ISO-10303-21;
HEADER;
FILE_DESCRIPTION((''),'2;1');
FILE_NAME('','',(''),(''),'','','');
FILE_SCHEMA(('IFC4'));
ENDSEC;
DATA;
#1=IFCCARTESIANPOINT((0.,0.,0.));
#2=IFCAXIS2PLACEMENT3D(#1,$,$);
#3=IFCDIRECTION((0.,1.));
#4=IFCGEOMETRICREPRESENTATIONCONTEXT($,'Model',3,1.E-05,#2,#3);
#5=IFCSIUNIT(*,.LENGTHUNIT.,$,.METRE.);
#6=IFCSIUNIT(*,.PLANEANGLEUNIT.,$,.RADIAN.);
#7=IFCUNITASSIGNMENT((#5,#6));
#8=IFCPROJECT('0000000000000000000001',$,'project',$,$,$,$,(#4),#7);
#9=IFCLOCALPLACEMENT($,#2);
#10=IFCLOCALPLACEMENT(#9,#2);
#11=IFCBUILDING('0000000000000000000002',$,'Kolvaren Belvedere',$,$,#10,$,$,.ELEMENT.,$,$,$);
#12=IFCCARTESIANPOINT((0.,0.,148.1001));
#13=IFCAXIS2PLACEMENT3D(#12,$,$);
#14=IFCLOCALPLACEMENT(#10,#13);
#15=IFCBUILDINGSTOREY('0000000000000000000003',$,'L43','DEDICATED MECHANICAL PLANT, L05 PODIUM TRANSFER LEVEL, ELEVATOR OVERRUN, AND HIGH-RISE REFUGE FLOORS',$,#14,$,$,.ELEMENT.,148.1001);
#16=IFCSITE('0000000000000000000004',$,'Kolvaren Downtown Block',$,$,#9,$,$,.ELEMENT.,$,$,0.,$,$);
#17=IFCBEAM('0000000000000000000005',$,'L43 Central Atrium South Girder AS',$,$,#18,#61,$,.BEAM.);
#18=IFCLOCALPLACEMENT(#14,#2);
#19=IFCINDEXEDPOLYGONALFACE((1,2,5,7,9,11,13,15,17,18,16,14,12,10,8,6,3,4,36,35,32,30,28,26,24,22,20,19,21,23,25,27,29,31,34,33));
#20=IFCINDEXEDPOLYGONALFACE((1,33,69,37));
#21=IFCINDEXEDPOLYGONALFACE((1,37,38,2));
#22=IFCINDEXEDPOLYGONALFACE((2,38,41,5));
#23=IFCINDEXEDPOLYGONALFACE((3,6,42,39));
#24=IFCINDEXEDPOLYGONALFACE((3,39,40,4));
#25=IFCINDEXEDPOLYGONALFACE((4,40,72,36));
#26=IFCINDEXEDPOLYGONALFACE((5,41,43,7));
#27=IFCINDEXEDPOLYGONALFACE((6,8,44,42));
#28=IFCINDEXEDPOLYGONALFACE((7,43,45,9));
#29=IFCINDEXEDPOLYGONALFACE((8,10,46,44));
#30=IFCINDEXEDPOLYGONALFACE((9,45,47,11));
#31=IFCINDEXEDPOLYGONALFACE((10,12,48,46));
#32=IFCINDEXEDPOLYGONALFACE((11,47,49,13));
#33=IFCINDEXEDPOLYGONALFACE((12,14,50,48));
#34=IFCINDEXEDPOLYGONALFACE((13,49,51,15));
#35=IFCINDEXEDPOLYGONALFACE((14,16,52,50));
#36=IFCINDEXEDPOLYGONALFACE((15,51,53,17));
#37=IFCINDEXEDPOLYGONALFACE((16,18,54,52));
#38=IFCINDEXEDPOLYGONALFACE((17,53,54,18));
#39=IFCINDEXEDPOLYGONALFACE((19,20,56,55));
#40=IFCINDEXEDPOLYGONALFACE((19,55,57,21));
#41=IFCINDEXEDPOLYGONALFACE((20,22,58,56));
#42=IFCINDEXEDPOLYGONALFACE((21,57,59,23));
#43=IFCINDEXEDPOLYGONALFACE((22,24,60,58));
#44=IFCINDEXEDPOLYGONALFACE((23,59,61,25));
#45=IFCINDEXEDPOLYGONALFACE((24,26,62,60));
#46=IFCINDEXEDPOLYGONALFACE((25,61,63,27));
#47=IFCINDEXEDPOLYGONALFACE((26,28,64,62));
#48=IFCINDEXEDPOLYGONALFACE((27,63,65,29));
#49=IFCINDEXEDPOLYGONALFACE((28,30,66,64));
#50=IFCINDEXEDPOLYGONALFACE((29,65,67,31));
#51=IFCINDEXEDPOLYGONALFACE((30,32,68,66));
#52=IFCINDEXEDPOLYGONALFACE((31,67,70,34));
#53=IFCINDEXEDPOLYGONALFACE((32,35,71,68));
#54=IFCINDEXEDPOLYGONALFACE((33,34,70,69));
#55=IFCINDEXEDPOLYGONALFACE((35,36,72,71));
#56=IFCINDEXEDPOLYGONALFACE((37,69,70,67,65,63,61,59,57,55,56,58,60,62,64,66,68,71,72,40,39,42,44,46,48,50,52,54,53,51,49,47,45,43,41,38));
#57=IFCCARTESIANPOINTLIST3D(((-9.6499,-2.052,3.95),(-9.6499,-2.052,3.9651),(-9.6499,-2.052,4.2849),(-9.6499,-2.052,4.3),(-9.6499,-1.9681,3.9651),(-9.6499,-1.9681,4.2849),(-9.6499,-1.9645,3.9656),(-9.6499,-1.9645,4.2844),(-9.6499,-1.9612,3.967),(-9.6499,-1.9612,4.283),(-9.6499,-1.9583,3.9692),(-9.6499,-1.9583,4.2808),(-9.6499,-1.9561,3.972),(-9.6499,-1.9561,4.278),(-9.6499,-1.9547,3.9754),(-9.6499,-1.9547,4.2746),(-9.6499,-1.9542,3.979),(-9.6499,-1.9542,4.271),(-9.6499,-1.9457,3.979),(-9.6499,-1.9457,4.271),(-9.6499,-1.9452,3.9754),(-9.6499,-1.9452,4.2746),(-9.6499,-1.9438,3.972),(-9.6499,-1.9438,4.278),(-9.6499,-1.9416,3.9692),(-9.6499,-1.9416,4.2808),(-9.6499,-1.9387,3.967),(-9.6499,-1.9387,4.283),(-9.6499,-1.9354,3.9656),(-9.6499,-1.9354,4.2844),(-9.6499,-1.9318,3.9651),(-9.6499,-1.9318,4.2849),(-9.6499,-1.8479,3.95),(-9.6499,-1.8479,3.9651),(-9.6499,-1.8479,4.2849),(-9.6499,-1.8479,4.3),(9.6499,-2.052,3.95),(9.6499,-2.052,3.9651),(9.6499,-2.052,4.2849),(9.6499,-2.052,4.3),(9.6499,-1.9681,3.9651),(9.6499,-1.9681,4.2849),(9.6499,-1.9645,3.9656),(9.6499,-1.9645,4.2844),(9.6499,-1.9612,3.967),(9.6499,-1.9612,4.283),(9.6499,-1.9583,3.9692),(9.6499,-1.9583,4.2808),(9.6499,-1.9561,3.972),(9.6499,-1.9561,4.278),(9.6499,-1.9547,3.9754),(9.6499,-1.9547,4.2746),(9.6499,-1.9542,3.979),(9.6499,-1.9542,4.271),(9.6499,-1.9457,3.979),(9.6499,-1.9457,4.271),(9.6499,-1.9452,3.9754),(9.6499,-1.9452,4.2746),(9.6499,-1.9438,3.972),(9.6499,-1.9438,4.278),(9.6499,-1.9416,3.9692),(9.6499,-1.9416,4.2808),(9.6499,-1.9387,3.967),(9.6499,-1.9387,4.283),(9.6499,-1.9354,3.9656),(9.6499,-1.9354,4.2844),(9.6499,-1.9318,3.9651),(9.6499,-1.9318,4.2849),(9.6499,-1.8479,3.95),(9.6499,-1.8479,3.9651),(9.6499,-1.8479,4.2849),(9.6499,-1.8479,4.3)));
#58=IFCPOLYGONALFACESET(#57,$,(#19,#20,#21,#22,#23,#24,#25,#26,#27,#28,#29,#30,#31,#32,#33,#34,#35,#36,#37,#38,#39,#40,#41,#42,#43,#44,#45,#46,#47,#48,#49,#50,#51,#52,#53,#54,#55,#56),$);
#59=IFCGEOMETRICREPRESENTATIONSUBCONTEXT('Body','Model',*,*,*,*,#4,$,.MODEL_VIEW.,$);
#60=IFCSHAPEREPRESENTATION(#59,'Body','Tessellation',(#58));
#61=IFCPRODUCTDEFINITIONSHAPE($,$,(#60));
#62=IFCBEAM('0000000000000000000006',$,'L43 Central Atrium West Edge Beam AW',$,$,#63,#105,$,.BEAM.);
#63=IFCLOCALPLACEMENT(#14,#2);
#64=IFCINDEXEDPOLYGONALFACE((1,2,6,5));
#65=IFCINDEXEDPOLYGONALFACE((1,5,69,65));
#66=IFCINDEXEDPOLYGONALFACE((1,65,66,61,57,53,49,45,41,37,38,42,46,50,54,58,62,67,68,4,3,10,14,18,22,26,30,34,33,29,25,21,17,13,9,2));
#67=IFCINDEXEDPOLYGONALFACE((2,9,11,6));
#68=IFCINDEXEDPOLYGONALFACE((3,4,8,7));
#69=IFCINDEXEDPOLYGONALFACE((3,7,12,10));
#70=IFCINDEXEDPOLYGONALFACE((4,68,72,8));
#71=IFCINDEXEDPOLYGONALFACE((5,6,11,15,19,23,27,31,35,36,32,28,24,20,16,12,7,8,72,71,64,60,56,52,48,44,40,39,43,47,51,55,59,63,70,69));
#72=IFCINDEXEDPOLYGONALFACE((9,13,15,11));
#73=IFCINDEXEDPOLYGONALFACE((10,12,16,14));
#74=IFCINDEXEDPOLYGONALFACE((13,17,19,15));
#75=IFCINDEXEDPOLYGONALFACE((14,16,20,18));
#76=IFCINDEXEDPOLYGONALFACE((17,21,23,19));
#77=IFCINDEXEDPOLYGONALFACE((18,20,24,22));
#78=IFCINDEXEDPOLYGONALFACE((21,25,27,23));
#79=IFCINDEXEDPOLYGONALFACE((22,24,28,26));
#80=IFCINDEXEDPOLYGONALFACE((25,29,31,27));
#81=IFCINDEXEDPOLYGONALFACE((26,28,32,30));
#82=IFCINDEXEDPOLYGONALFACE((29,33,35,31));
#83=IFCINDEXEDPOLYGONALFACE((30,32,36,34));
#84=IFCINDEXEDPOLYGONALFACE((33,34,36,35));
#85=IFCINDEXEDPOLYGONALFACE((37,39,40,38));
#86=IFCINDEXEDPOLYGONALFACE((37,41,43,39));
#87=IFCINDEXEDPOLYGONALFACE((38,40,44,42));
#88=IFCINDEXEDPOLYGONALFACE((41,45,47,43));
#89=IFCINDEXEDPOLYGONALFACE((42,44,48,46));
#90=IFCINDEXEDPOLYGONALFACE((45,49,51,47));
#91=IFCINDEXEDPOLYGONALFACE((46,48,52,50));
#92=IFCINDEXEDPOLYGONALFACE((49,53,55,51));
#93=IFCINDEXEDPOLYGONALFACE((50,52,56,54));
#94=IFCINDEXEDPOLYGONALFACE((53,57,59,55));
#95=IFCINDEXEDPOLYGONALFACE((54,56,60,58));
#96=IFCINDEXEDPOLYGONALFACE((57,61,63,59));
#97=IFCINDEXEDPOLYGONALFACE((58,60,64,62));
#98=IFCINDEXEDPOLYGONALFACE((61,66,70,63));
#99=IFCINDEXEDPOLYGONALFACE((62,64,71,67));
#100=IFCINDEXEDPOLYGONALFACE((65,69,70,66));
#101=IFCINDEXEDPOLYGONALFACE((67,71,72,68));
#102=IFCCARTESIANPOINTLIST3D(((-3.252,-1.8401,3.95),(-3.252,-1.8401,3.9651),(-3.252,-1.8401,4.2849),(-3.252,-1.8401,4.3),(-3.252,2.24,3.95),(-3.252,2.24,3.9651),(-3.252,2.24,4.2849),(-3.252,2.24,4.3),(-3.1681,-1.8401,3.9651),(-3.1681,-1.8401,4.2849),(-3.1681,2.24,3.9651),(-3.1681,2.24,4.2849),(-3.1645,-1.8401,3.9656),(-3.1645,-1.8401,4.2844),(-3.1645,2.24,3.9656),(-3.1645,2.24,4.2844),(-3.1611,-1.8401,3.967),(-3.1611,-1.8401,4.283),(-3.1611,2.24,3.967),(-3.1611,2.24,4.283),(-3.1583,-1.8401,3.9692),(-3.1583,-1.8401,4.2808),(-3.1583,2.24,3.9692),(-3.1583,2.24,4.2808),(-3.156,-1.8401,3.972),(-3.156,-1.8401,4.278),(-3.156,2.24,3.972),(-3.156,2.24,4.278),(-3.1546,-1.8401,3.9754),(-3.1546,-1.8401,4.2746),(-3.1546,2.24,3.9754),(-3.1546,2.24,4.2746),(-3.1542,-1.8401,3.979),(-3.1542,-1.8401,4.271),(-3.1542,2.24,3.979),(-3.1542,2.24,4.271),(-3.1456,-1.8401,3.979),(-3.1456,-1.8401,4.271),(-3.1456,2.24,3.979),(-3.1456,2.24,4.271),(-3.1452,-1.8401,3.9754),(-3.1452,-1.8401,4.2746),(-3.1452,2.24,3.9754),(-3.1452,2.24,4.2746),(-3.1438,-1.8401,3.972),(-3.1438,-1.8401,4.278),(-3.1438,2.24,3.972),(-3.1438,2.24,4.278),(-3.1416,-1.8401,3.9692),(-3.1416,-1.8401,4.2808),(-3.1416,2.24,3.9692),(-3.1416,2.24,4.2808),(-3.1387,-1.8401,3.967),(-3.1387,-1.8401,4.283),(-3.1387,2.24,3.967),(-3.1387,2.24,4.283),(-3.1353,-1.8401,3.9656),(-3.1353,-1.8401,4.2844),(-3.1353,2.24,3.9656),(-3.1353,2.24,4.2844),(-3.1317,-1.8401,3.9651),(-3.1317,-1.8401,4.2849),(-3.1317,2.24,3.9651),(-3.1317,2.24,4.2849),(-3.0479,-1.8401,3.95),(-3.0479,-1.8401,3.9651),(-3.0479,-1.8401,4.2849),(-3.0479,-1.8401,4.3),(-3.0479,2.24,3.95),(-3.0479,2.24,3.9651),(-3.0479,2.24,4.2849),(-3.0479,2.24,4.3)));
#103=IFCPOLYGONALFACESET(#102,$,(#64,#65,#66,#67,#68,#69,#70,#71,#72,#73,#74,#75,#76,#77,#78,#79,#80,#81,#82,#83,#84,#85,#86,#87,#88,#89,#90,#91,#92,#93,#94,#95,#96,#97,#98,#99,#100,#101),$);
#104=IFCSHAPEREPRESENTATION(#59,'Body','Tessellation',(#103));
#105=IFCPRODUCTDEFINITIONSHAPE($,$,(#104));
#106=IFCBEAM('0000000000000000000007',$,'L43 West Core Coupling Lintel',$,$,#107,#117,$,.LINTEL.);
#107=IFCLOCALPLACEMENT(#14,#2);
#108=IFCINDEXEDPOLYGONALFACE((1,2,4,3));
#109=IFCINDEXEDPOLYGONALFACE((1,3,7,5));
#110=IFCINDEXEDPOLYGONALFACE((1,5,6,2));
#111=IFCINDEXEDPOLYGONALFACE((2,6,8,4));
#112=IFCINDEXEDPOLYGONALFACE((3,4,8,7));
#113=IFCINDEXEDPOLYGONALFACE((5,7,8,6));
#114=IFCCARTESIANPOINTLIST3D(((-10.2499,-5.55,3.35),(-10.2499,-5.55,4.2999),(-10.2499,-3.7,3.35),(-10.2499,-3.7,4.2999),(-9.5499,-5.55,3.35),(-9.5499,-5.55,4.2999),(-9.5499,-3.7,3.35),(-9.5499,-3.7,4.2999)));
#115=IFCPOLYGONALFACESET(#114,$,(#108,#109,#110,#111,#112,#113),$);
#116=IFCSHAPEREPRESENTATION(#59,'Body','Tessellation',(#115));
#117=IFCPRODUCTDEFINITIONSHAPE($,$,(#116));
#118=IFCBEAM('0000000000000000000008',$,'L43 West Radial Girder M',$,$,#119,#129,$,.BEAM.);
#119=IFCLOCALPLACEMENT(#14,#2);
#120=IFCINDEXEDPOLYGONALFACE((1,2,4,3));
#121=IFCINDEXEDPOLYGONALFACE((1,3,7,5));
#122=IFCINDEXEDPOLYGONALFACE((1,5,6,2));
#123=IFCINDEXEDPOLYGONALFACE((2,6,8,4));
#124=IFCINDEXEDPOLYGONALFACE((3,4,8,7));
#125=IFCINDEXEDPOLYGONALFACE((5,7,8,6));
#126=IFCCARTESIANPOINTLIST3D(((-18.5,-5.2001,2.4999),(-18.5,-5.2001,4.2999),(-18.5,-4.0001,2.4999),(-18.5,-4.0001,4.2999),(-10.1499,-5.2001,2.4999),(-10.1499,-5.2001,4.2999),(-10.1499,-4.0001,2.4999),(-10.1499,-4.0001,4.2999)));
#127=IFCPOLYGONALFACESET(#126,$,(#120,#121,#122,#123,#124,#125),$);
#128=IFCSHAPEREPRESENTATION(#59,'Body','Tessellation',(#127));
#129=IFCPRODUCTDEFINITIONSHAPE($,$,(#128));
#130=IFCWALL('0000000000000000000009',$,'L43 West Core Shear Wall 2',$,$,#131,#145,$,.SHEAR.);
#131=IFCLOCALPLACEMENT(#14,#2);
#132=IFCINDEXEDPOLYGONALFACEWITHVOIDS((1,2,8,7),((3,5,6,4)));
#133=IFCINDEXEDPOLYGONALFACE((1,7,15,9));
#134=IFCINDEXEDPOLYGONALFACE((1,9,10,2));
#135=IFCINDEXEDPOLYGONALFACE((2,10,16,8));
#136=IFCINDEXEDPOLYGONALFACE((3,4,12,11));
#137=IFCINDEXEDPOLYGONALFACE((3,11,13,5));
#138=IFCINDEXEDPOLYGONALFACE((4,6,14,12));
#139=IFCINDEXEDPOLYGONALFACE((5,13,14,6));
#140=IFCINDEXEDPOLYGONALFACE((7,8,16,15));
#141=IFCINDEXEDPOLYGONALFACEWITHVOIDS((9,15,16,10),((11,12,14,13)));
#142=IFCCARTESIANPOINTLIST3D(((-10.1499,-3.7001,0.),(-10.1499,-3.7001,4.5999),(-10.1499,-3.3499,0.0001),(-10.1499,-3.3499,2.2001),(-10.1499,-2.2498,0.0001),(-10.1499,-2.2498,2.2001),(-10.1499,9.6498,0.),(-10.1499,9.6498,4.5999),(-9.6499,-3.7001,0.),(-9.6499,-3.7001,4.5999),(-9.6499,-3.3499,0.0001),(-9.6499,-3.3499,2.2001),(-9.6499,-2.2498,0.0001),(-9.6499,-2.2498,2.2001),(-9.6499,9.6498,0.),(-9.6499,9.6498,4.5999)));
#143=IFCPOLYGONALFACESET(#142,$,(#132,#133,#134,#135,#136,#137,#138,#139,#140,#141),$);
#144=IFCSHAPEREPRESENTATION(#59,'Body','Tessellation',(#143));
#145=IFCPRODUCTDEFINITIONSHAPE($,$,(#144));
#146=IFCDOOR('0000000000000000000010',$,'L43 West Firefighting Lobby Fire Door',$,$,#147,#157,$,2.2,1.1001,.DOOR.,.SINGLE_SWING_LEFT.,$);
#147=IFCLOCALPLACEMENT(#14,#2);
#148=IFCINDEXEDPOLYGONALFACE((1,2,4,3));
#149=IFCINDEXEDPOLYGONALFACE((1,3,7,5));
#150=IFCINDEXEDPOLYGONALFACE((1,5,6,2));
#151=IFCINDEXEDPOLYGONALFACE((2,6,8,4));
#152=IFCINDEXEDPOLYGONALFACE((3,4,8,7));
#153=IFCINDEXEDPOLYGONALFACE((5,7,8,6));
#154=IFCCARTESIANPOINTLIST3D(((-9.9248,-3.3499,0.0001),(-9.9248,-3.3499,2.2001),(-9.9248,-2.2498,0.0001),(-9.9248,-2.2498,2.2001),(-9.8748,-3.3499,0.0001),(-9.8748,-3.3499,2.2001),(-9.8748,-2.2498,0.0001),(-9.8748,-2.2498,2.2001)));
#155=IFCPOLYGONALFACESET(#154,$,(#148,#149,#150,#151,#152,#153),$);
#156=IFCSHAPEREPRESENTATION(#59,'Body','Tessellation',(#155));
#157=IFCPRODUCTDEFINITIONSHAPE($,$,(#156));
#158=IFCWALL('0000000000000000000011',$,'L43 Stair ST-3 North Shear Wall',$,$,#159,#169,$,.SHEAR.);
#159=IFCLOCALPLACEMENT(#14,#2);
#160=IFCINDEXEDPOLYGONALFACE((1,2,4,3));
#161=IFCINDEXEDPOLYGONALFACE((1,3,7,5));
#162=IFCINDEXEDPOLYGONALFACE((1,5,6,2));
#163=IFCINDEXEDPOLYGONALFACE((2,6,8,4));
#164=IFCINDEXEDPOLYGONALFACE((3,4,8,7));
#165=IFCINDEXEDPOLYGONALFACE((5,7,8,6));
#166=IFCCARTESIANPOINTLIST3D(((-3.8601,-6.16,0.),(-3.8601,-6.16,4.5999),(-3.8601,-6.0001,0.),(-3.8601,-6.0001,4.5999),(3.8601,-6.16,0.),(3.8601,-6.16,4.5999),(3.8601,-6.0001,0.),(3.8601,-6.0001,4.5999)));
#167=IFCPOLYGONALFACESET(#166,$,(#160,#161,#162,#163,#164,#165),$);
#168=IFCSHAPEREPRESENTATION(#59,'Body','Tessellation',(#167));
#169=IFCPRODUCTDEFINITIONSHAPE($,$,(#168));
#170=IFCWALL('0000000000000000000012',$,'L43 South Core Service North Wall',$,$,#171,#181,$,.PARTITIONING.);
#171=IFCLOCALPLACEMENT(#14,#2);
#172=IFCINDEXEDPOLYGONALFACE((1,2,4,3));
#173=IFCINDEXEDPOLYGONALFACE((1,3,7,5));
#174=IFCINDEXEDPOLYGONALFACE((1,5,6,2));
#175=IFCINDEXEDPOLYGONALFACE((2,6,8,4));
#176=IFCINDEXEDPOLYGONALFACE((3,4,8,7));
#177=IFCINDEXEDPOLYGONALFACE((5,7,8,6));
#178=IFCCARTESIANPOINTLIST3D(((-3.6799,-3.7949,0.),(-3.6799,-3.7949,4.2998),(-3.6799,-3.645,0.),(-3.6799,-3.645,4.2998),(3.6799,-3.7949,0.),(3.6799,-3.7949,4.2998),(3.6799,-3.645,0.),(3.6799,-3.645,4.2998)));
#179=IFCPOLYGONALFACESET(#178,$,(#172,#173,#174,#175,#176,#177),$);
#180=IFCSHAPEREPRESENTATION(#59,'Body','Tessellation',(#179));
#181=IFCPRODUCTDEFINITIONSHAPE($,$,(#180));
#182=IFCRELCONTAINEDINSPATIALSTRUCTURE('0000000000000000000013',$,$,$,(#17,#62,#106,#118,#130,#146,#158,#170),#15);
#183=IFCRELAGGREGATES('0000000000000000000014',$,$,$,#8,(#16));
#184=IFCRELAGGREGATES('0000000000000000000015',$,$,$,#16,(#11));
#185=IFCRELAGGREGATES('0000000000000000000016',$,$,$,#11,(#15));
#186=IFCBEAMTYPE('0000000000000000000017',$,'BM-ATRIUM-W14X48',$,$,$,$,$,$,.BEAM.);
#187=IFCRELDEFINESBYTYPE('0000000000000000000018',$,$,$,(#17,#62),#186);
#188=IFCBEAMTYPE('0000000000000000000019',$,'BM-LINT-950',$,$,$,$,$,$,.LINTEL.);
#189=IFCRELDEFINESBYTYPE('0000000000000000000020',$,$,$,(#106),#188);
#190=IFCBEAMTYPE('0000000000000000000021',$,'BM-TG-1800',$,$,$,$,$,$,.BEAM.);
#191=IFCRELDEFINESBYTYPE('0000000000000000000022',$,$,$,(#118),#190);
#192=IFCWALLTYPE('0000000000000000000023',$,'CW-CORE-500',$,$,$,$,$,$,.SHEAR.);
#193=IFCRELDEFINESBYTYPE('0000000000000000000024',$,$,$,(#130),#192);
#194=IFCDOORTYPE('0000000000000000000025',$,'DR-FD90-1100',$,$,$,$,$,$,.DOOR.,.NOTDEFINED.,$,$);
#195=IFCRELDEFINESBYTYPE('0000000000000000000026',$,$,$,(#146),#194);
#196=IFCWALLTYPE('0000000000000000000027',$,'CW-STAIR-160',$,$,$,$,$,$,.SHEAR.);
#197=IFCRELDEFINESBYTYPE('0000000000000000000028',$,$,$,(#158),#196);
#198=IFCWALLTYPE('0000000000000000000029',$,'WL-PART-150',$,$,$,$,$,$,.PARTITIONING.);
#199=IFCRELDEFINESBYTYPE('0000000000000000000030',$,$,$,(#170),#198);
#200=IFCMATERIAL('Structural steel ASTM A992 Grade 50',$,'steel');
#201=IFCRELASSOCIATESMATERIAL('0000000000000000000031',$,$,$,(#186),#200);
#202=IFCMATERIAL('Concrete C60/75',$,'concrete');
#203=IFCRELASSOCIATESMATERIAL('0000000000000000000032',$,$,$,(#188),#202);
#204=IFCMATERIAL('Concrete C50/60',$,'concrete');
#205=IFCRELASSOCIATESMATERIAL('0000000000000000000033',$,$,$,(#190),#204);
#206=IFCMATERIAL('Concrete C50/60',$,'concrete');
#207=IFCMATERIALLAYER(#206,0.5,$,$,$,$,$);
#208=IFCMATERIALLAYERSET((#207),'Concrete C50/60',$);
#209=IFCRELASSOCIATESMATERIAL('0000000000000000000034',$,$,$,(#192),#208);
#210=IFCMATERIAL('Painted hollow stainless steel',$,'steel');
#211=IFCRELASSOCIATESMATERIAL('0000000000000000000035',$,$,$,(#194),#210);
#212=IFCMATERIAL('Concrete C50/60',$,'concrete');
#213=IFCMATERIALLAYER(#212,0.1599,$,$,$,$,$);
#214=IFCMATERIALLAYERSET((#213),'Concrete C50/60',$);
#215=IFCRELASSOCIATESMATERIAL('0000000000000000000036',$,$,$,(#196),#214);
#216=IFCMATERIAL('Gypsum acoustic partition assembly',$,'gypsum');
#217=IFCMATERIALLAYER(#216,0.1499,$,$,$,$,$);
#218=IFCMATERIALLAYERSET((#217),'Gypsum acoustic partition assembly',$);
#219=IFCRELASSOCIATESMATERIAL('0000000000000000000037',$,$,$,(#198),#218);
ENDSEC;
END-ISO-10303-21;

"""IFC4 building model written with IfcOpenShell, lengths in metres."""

from ifc_helpers import new_model, si_unit, direction, frame, frame_2d, origin, origin_2d, place, context, subcontext, project, spatial, rectangle, i_section, extrude, material, layer, layer_set, material_profile, profile_set, type_object, element, fill, save


model = new_model("IFC4")

# Units and contexts
model_context = context("Model", 3, precision=1e-05, world=origin(), true_north=direction((0.0, 1.0)))
body_context = subcontext(model_context, "Body", "Model", "MODEL_VIEW")
ifc_project = project(units=[si_unit("LENGTHUNIT", "METRE"), si_unit("PLANEANGLEUNIT", "RADIAN")], contexts=[model_context])

# Site, building, storey
site_placement = place(None, origin())
site = spatial("IfcSite", under=ifc_project, at=site_placement, Name="Kolvaren Downtown Block", CompositionType="ELEMENT", RefElevation=0.0)
building_placement = place(site_placement, origin())
building = spatial("IfcBuilding", under=site, at=building_placement, Name="Kolvaren Belvedere", CompositionType="ELEMENT")
storey_placement = place(building_placement, frame((0.0, 0.0, 148.1001)))
storey = spatial("IfcBuildingStorey", under=building, at=storey_placement, Name="L43", Description="DEDICATED MECHANICAL PLANT, L05 PODIUM TRANSFER LEVEL, ELEVATOR OVERRUN, AND HIGH-RISE REFUGE FLOORS", CompositionType="ELEMENT", Elevation=148.1001)

# Beams
ifc_material_1 = material(Name="Structural steel ASTM A992 Grade 50", Category="steel")
ifc_material_profile_1 = material_profile(ifc_material_1, i_section(OverallWidth=0.2041, OverallDepth=0.3501, WebThickness=0.0085, FlangeThickness=0.0151, FilletRadius=0.0139, at=origin_2d()), Name="W14X48")
ifc_profile_set_1 = profile_set([ifc_material_profile_1], Name="Structural steel ASTM A992 Grade 50")
beam_type_1 = type_object("IfcBeamType", Name="BM-ATRIUM-W14X48", PredefinedType="BEAM", material=ifc_profile_set_1)
beam_1_placement = place(storey_placement, frame((-9.6499, -1.95, 4.125), z_axis=(1.0, 0.0, 0.0), x_axis=(0.0, 1.0, 0.0)))
element("IfcBeam", 1, at=beam_1_placement, inside=storey, type_object=beam_type_1, Name="L43 Central Atrium South Girder AS", PredefinedType="BEAM", context=body_context, shape_type="SweptSolid", body=[
    extrude(i_section(OverallWidth=0.2041, OverallDepth=0.3501, WebThickness=0.0085, FlangeThickness=0.0151, FilletRadius=0.0139, at=origin_2d()), origin(), (0.0, 0.0, 1.0), 19.2998),
])
beam_2_placement = place(storey_placement, frame((-3.1499, -1.8401, 4.125), z_axis=(0.0, 1.0, 0.0), x_axis=(-1.0, 0.0, 0.0)))
element("IfcBeam", 2, at=beam_2_placement, inside=storey, type_object=beam_type_1, Name="L43 Central Atrium West Edge Beam AW", PredefinedType="BEAM", context=body_context, shape_type="SweptSolid", body=[
    extrude(i_section(OverallWidth=0.2041, OverallDepth=0.3501, WebThickness=0.0085, FlangeThickness=0.0151, FilletRadius=0.0139, at=origin_2d()), origin(), (0.0, 0.0, 1.0), 4.0801),
])
ifc_material_2 = material(Name="Concrete C60/75", Category="concrete")
ifc_material_profile_2 = material_profile(ifc_material_2, rectangle(XDim=0.7, YDim=0.95, at=origin_2d()), Name="RC 700X950")
ifc_profile_set_2 = profile_set([ifc_material_profile_2], Name="Concrete C60/75")
beam_type_2 = type_object("IfcBeamType", Name="BM-LINT-950", PredefinedType="LINTEL", material=ifc_profile_set_2)
beam_3_placement = place(storey_placement, frame((-9.8999, -5.55, 3.825), z_axis=(0.0, 1.0, 0.0), x_axis=(-1.0, 0.0, 0.0)))
element("IfcBeam", 3, at=beam_3_placement, inside=storey, type_object=beam_type_2, Name="L43 West Core Coupling Lintel", PredefinedType="LINTEL", context=body_context, shape_type="SweptSolid", body=[
    extrude(rectangle(XDim=0.7, YDim=0.95, at=origin_2d()), origin(), (0.0, 0.0, 1.0), 1.8501),
])
ifc_material_3 = material(Name="Concrete C50/60", Category="concrete")
ifc_material_profile_3 = material_profile(ifc_material_3, rectangle(XDim=1.2, YDim=1.8, at=origin_2d()), Name="RC 1200X1800")
ifc_profile_set_3 = profile_set([ifc_material_profile_3], Name="Concrete C50/60")
beam_type_3 = type_object("IfcBeamType", Name="BM-TG-1800", PredefinedType="BEAM", material=ifc_profile_set_3)
beam_4_placement = place(storey_placement, frame((-10.1499, -4.6001, 3.3999), z_axis=(-1.0, 0.0, 0.0), x_axis=(0.0, -1.0, 0.0)))
element("IfcBeam", 4, at=beam_4_placement, inside=storey, type_object=beam_type_3, Name="L43 West Radial Girder M", PredefinedType="BEAM", context=body_context, shape_type="SweptSolid", body=[
    extrude(rectangle(XDim=1.2, YDim=1.8, at=origin_2d()), origin(), (0.0, 0.0, 1.0), 8.3501),
])

# Wall, opening, door
ifc_material_4 = material(Name="Concrete C50/60", Category="concrete")
ifc_layer_1 = layer(ifc_material_4, 0.5)
ifc_layer_set_1 = layer_set([ifc_layer_1], Name="Concrete C50/60")
wall_type_1 = type_object("IfcWallType", Name="CW-CORE-500", PredefinedType="SHEAR", material=ifc_layer_set_1)
wall_1_placement = place(storey_placement, frame((-9.8999, -3.7, 0.0), z_axis=(0.0, 0.0, 1.0), x_axis=(0.0, 1.0, 0.0)))
wall_1 = element("IfcWall", 5, at=wall_1_placement, inside=storey, type_object=wall_type_1, Name="L43 West Core Shear Wall 2", PredefinedType="SHEAR", context=body_context, shape_type="SweptSolid", body=[
    extrude(rectangle(XDim=13.3499, YDim=0.5, at=frame_2d((6.6748, 0.0))), origin(), (0.0, 0.0, 1.0), 4.5999),
])
opening_1_placement = place(wall_1_placement, frame((0.3501, 0.0, 0.0)))
opening_1 = element("IfcOpeningElement", 6, at=opening_1_placement, cuts=wall_1, PredefinedType="OPENING", context=body_context, shape_type="SweptSolid", body=[
    extrude(rectangle(XDim=1.1001, YDim=2.2, at=frame_2d((0.55, 1.1001))), frame((0.0, 0.26, 0.0), z_axis=(0.0, -1.0, 0.0), x_axis=(1.0, 0.0, 0.0)), (0.0, 0.0, 1.0), 0.52),
])
ifc_material_5 = material(Name="Painted hollow stainless steel", Category="steel")
door_type_1 = type_object("IfcDoorType", Name="DR-FD90-1100", OperationType="NOTDEFINED", PredefinedType="DOOR", material=ifc_material_5)
door_1_placement = place(opening_1_placement, origin())
door_1 = element("IfcDoor", 7, at=door_1_placement, inside=storey, type_object=door_type_1, Name="L43 West Firefighting Lobby Fire Door", OperationType="SINGLE_SWING_LEFT", OverallHeight=2.2, OverallWidth=1.1001, PredefinedType="DOOR", context=body_context, shape_type="SweptSolid", body=[
    extrude(rectangle(XDim=1.1001, YDim=2.2, at=frame_2d((0.55, 1.1001))), frame((0.0, 0.0249, 0.0), z_axis=(0.0, -1.0, 0.0), x_axis=(1.0, 0.0, 0.0)), (0.0, 0.0, 1.0), 0.05),
])
fill(opening_1, door_1)

# Walls
ifc_material_6 = material(Name="Concrete C50/60", Category="concrete")
ifc_layer_2 = layer(ifc_material_6, 0.1599)
ifc_layer_set_2 = layer_set([ifc_layer_2], Name="Concrete C50/60")
wall_type_2 = type_object("IfcWallType", Name="CW-STAIR-160", PredefinedType="SHEAR", material=ifc_layer_set_2)
wall_2_placement = place(storey_placement, frame((-3.8601, -6.0801, 0.0), z_axis=(0.0, 0.0, 1.0), x_axis=(1.0, 0.0, 0.0)))
element("IfcWall", 8, at=wall_2_placement, inside=storey, type_object=wall_type_2, Name="L43 Stair ST-3 North Shear Wall", PredefinedType="SHEAR", context=body_context, shape_type="SweptSolid", body=[
    extrude(rectangle(XDim=7.7202, YDim=0.1599, at=frame_2d((3.8601, 0.0))), origin(), (0.0, 0.0, 1.0), 4.5999),
])
ifc_material_7 = material(Name="Gypsum acoustic partition assembly", Category="gypsum")
ifc_layer_3 = layer(ifc_material_7, 0.1499)
ifc_layer_set_3 = layer_set([ifc_layer_3], Name="Gypsum acoustic partition assembly")
wall_type_3 = type_object("IfcWallType", Name="WL-PART-150", PredefinedType="PARTITIONING", material=ifc_layer_set_3)
wall_3_placement = place(storey_placement, frame((-3.6799, -3.72, 0.0), z_axis=(0.0, 0.0, 1.0), x_axis=(1.0, 0.0, 0.0)))
element("IfcWall", 9, at=wall_3_placement, inside=storey, type_object=wall_type_3, Name="L43 South Core Service North Wall", PredefinedType="PARTITIONING", context=body_context, shape_type="SweptSolid", body=[
    extrude(rectangle(XDim=7.3599, YDim=0.1499, at=frame_2d((3.6799, 0.0))), origin(), (0.0, 0.0, 1.0), 4.2998),
])

save(model, "model.ifc")
